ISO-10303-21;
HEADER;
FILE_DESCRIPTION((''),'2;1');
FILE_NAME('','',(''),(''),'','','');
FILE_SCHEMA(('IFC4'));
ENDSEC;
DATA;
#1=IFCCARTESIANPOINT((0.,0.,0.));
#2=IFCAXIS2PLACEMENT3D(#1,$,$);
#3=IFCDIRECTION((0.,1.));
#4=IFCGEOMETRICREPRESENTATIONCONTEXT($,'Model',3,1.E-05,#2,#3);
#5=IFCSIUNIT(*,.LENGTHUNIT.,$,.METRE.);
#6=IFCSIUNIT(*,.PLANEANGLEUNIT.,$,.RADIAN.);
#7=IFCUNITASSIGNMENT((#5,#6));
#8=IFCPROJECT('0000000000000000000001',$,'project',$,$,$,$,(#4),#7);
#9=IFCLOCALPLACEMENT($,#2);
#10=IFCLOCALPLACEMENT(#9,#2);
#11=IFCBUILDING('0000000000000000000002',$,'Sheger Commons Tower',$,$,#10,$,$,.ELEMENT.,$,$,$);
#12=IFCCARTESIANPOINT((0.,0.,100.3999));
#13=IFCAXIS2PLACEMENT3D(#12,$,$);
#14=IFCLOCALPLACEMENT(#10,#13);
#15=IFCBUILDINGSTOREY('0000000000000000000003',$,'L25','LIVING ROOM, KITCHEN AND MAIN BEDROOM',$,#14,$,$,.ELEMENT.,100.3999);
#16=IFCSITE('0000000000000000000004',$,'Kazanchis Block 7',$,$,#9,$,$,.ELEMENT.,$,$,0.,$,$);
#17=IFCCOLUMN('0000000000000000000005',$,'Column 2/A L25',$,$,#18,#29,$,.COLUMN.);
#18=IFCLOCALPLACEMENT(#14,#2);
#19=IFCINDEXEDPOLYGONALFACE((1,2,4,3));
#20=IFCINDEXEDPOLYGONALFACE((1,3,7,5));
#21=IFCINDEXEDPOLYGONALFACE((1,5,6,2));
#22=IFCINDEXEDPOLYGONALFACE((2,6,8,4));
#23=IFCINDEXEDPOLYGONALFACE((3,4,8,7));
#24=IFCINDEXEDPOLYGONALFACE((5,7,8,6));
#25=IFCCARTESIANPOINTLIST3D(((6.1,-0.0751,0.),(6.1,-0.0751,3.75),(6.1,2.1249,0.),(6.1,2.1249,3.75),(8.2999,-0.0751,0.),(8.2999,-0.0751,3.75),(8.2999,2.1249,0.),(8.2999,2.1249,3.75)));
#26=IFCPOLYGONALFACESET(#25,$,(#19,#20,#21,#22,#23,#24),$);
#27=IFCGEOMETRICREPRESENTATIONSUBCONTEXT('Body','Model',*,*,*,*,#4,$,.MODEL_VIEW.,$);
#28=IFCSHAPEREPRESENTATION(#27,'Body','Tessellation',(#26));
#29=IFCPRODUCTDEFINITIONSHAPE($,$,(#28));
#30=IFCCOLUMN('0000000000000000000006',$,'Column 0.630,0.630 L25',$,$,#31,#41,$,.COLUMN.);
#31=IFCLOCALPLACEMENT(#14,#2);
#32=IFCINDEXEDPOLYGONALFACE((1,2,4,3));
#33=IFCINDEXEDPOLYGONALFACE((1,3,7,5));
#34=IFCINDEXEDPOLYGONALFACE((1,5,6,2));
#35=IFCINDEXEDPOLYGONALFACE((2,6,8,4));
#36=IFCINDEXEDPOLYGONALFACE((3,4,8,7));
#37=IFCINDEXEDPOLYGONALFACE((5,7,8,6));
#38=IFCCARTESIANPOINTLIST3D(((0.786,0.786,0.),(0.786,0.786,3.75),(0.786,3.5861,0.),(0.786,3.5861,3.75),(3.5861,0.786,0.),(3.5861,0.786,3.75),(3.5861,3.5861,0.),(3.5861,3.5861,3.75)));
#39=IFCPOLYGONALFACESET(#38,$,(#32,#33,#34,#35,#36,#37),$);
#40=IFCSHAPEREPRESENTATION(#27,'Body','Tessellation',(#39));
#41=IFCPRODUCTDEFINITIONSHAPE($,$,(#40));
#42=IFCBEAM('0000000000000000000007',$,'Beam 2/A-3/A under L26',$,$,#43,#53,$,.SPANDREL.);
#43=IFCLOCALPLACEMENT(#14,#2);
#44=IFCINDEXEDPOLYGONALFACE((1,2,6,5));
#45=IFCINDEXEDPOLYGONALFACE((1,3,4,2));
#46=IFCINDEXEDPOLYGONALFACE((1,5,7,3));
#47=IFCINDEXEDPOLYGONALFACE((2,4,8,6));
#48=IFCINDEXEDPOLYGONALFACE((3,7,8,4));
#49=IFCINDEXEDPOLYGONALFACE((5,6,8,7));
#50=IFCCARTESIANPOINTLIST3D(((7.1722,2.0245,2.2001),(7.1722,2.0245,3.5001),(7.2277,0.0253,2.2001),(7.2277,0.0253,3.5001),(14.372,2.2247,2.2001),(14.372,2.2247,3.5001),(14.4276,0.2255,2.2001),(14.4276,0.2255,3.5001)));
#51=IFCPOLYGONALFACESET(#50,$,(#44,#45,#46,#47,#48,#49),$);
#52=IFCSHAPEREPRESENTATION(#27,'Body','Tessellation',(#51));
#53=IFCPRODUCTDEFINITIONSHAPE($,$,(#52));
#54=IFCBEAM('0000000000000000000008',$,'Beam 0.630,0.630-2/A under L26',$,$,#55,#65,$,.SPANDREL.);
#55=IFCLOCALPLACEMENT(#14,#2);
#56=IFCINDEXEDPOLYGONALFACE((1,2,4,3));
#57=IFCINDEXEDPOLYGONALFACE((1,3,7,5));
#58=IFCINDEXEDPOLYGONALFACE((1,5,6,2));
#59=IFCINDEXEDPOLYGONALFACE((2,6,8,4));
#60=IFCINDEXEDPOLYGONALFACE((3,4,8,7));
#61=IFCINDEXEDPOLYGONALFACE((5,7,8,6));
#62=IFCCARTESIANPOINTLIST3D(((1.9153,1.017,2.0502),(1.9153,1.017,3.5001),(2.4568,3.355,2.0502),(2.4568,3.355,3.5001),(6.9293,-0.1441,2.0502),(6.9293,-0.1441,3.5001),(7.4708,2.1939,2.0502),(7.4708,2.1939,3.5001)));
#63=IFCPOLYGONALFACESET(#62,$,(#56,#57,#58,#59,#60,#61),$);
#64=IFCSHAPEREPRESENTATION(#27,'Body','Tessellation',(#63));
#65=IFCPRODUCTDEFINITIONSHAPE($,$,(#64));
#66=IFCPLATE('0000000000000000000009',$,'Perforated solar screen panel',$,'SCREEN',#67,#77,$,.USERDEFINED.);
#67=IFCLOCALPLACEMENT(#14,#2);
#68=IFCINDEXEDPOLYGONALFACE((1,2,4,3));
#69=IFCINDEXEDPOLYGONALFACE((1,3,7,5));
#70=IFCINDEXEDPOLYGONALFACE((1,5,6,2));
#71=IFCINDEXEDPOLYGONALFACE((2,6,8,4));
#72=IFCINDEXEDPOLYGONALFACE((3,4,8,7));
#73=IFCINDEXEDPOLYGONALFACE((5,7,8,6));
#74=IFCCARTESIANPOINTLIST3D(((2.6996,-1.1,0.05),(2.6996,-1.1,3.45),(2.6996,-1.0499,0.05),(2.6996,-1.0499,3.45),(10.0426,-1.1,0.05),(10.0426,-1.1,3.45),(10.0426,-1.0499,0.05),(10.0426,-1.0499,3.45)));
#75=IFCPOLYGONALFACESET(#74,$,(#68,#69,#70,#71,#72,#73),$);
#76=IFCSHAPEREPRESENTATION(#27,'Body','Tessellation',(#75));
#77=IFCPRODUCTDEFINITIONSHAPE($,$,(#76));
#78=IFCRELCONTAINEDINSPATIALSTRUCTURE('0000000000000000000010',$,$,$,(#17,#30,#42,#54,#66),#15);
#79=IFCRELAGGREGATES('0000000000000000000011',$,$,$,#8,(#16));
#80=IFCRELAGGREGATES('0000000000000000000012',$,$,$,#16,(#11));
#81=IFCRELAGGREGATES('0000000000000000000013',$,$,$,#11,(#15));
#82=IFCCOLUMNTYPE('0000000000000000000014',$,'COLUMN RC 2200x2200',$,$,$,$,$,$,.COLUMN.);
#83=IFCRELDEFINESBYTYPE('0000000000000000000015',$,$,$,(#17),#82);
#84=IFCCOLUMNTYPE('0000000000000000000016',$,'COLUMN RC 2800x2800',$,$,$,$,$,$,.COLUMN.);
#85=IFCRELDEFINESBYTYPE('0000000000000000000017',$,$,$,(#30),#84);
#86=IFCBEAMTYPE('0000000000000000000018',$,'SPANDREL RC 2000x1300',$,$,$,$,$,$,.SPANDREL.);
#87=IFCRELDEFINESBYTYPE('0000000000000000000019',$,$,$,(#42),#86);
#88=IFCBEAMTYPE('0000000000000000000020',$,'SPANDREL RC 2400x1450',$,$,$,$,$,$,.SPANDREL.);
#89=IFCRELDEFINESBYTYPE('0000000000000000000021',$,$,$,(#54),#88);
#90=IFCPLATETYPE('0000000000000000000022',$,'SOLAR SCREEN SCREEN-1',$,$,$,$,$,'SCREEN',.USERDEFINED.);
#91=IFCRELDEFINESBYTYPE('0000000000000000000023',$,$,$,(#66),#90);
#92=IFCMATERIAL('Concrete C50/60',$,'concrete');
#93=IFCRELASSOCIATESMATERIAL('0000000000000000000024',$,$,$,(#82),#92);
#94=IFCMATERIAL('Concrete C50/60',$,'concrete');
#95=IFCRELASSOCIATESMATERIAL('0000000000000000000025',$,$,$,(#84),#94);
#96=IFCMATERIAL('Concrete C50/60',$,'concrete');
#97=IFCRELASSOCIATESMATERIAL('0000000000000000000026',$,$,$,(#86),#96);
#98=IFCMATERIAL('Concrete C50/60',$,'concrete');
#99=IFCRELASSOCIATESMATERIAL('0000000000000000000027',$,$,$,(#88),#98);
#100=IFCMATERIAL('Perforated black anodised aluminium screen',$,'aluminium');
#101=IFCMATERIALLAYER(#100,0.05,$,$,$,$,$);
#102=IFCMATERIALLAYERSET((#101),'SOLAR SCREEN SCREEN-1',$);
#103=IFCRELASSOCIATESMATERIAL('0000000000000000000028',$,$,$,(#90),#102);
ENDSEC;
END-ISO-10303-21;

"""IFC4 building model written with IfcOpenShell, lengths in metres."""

from ifc_helpers import new_model, si_unit, direction, frame, origin, origin_2d, place, context, subcontext, project, spatial, rectangle, extrude, material, layer, layer_set, material_profile, profile_set, type_object, element, save


model = new_model("IFC4")

# Units and contexts
model_context = context("Model", 3, precision=1e-05, world=origin(), true_north=direction((0.0, 1.0)))
body_context = subcontext(model_context, "Body", "Model", "MODEL_VIEW")
ifc_project = project(units=[si_unit("LENGTHUNIT", "METRE"), si_unit("PLANEANGLEUNIT", "RADIAN")], contexts=[model_context])

# Site, building, storey
site_placement = place(None, origin())
site = spatial("IfcSite", under=ifc_project, at=site_placement, Name="Kazanchis Block 7", CompositionType="ELEMENT", RefElevation=0.0)
building_placement = place(site_placement, origin())
building = spatial("IfcBuilding", under=site, at=building_placement, Name="Sheger Commons Tower", CompositionType="ELEMENT")
storey_placement = place(building_placement, frame((0.0, 0.0, 100.3999)))
storey = spatial("IfcBuildingStorey", under=building, at=storey_placement, Name="L25", Description="LIVING ROOM, KITCHEN AND MAIN BEDROOM", CompositionType="ELEMENT", Elevation=100.3999)

# Columns
ifc_material_1 = material(Name="Concrete C50/60", Category="concrete")
ifc_material_profile_1 = material_profile(ifc_material_1, rectangle(XDim=2.2, YDim=2.2, at=origin_2d()), Name="RC 2200x2200")
ifc_profile_set_1 = profile_set([ifc_material_profile_1], Name="Concrete C50/60")
column_type_1 = type_object("IfcColumnType", Name="COLUMN RC 2200x2200", PredefinedType="COLUMN", material=ifc_profile_set_1)
column_1_placement = place(storey_placement, frame((7.2, 1.0249, 0.0), z_axis=(0.0, 0.0, 1.0), x_axis=(1.0, 0.0, 0.0)))
element("IfcColumn", 1, at=column_1_placement, inside=storey, type_object=column_type_1, Name="Column 2/A L25", PredefinedType="COLUMN", context=body_context, shape_type="SweptSolid", body=[
    extrude(rectangle(XDim=2.2, YDim=2.2, at=origin_2d()), origin(), (0.0, 0.0, 1.0), 3.75),
])
ifc_material_2 = material(Name="Concrete C50/60", Category="concrete")
ifc_material_profile_2 = material_profile(ifc_material_2, rectangle(XDim=2.8, YDim=2.8, at=origin_2d()), Name="RC 2800x2800")
ifc_profile_set_2 = profile_set([ifc_material_profile_2], Name="Concrete C50/60")
column_type_2 = type_object("IfcColumnType", Name="COLUMN RC 2800x2800", PredefinedType="COLUMN", material=ifc_profile_set_2)
column_2_placement = place(storey_placement, frame((2.186, 2.186, 0.0), z_axis=(0.0, 0.0, 1.0), x_axis=(1.0, 0.0, 0.0)))
element("IfcColumn", 2, at=column_2_placement, inside=storey, type_object=column_type_2, Name="Column 0.630,0.630 L25", PredefinedType="COLUMN", context=body_context, shape_type="SweptSolid", body=[
    extrude(rectangle(XDim=2.8, YDim=2.8, at=origin_2d()), origin(), (0.0, 0.0, 1.0), 3.75),
])

# Beams
ifc_material_3 = material(Name="Concrete C50/60", Category="concrete")
ifc_material_profile_3 = material_profile(ifc_material_3, rectangle(XDim=2.0, YDim=1.3, at=origin_2d()), Name="RC 2000x1300")
ifc_profile_set_3 = profile_set([ifc_material_profile_3], Name="Concrete C50/60")
beam_type_1 = type_object("IfcBeamType", Name="SPANDREL RC 2000x1300", PredefinedType="SPANDREL", material=ifc_profile_set_3)
beam_1_placement = place(storey_placement, frame((7.2, 1.0249, 2.8501), z_axis=(0.999614, 0.027794, 0.0), x_axis=(-0.027794, 0.999614, 0.0)))
element("IfcBeam", 3, at=beam_1_placement, inside=storey, type_object=beam_type_1, Name="Beam 2/A-3/A under L26", PredefinedType="SPANDREL", context=body_context, shape_type="SweptSolid", body=[
    extrude(rectangle(XDim=2.0, YDim=1.3, at=origin_2d()), origin(), (0.0, 0.0, 1.0), 7.2026),
])
ifc_material_4 = material(Name="Concrete C50/60", Category="concrete")
ifc_material_profile_4 = material_profile(ifc_material_4, rectangle(XDim=2.3999, YDim=1.45, at=origin_2d()), Name="RC 2400x1450")
ifc_profile_set_4 = profile_set([ifc_material_profile_4], Name="Concrete C50/60")
beam_type_2 = type_object("IfcBeamType", Name="SPANDREL RC 2400x1450", PredefinedType="SPANDREL", material=ifc_profile_set_4)
beam_2_placement = place(storey_placement, frame((2.186, 2.186, 2.7751), z_axis=(0.974217, -0.225611, 0.0), x_axis=(0.225611, 0.974217, 0.0)))
element("IfcBeam", 4, at=beam_2_placement, inside=storey, type_object=beam_type_2, Name="Beam 0.630,0.630-2/A under L26", PredefinedType="SPANDREL", context=body_context, shape_type="SweptSolid", body=[
    extrude(rectangle(XDim=2.3999, YDim=1.45, at=origin_2d()), origin(), (0.0, 0.0, 1.0), 5.1467),
])

# Plate
ifc_material_5 = material(Name="Perforated black anodised aluminium screen", Category="aluminium")
ifc_layer_1 = layer(ifc_material_5, 0.05)
ifc_layer_set_1 = layer_set([ifc_layer_1], Name="SOLAR SCREEN SCREEN-1")
plate_type = type_object("IfcPlateType", Name="SOLAR SCREEN SCREEN-1", ElementType="SCREEN", PredefinedType="USERDEFINED", material=ifc_layer_set_1)
plate_placement = place(storey_placement, frame((6.3711, -1.075, 0.05), z_axis=(0.0, 0.0, 1.0), x_axis=(1.0, 0.0, 0.0)))
element("IfcPlate", 5, at=plate_placement, inside=storey, type_object=plate_type, Name="Perforated solar screen panel", ObjectType="SCREEN", PredefinedType="USERDEFINED", context=body_context, shape_type="SweptSolid", body=[
    extrude(rectangle(XDim=7.343, YDim=0.05, at=origin_2d()), origin(), (0.0, 0.0, 1.0), 3.3999),
])

save(model, "model.ifc")
